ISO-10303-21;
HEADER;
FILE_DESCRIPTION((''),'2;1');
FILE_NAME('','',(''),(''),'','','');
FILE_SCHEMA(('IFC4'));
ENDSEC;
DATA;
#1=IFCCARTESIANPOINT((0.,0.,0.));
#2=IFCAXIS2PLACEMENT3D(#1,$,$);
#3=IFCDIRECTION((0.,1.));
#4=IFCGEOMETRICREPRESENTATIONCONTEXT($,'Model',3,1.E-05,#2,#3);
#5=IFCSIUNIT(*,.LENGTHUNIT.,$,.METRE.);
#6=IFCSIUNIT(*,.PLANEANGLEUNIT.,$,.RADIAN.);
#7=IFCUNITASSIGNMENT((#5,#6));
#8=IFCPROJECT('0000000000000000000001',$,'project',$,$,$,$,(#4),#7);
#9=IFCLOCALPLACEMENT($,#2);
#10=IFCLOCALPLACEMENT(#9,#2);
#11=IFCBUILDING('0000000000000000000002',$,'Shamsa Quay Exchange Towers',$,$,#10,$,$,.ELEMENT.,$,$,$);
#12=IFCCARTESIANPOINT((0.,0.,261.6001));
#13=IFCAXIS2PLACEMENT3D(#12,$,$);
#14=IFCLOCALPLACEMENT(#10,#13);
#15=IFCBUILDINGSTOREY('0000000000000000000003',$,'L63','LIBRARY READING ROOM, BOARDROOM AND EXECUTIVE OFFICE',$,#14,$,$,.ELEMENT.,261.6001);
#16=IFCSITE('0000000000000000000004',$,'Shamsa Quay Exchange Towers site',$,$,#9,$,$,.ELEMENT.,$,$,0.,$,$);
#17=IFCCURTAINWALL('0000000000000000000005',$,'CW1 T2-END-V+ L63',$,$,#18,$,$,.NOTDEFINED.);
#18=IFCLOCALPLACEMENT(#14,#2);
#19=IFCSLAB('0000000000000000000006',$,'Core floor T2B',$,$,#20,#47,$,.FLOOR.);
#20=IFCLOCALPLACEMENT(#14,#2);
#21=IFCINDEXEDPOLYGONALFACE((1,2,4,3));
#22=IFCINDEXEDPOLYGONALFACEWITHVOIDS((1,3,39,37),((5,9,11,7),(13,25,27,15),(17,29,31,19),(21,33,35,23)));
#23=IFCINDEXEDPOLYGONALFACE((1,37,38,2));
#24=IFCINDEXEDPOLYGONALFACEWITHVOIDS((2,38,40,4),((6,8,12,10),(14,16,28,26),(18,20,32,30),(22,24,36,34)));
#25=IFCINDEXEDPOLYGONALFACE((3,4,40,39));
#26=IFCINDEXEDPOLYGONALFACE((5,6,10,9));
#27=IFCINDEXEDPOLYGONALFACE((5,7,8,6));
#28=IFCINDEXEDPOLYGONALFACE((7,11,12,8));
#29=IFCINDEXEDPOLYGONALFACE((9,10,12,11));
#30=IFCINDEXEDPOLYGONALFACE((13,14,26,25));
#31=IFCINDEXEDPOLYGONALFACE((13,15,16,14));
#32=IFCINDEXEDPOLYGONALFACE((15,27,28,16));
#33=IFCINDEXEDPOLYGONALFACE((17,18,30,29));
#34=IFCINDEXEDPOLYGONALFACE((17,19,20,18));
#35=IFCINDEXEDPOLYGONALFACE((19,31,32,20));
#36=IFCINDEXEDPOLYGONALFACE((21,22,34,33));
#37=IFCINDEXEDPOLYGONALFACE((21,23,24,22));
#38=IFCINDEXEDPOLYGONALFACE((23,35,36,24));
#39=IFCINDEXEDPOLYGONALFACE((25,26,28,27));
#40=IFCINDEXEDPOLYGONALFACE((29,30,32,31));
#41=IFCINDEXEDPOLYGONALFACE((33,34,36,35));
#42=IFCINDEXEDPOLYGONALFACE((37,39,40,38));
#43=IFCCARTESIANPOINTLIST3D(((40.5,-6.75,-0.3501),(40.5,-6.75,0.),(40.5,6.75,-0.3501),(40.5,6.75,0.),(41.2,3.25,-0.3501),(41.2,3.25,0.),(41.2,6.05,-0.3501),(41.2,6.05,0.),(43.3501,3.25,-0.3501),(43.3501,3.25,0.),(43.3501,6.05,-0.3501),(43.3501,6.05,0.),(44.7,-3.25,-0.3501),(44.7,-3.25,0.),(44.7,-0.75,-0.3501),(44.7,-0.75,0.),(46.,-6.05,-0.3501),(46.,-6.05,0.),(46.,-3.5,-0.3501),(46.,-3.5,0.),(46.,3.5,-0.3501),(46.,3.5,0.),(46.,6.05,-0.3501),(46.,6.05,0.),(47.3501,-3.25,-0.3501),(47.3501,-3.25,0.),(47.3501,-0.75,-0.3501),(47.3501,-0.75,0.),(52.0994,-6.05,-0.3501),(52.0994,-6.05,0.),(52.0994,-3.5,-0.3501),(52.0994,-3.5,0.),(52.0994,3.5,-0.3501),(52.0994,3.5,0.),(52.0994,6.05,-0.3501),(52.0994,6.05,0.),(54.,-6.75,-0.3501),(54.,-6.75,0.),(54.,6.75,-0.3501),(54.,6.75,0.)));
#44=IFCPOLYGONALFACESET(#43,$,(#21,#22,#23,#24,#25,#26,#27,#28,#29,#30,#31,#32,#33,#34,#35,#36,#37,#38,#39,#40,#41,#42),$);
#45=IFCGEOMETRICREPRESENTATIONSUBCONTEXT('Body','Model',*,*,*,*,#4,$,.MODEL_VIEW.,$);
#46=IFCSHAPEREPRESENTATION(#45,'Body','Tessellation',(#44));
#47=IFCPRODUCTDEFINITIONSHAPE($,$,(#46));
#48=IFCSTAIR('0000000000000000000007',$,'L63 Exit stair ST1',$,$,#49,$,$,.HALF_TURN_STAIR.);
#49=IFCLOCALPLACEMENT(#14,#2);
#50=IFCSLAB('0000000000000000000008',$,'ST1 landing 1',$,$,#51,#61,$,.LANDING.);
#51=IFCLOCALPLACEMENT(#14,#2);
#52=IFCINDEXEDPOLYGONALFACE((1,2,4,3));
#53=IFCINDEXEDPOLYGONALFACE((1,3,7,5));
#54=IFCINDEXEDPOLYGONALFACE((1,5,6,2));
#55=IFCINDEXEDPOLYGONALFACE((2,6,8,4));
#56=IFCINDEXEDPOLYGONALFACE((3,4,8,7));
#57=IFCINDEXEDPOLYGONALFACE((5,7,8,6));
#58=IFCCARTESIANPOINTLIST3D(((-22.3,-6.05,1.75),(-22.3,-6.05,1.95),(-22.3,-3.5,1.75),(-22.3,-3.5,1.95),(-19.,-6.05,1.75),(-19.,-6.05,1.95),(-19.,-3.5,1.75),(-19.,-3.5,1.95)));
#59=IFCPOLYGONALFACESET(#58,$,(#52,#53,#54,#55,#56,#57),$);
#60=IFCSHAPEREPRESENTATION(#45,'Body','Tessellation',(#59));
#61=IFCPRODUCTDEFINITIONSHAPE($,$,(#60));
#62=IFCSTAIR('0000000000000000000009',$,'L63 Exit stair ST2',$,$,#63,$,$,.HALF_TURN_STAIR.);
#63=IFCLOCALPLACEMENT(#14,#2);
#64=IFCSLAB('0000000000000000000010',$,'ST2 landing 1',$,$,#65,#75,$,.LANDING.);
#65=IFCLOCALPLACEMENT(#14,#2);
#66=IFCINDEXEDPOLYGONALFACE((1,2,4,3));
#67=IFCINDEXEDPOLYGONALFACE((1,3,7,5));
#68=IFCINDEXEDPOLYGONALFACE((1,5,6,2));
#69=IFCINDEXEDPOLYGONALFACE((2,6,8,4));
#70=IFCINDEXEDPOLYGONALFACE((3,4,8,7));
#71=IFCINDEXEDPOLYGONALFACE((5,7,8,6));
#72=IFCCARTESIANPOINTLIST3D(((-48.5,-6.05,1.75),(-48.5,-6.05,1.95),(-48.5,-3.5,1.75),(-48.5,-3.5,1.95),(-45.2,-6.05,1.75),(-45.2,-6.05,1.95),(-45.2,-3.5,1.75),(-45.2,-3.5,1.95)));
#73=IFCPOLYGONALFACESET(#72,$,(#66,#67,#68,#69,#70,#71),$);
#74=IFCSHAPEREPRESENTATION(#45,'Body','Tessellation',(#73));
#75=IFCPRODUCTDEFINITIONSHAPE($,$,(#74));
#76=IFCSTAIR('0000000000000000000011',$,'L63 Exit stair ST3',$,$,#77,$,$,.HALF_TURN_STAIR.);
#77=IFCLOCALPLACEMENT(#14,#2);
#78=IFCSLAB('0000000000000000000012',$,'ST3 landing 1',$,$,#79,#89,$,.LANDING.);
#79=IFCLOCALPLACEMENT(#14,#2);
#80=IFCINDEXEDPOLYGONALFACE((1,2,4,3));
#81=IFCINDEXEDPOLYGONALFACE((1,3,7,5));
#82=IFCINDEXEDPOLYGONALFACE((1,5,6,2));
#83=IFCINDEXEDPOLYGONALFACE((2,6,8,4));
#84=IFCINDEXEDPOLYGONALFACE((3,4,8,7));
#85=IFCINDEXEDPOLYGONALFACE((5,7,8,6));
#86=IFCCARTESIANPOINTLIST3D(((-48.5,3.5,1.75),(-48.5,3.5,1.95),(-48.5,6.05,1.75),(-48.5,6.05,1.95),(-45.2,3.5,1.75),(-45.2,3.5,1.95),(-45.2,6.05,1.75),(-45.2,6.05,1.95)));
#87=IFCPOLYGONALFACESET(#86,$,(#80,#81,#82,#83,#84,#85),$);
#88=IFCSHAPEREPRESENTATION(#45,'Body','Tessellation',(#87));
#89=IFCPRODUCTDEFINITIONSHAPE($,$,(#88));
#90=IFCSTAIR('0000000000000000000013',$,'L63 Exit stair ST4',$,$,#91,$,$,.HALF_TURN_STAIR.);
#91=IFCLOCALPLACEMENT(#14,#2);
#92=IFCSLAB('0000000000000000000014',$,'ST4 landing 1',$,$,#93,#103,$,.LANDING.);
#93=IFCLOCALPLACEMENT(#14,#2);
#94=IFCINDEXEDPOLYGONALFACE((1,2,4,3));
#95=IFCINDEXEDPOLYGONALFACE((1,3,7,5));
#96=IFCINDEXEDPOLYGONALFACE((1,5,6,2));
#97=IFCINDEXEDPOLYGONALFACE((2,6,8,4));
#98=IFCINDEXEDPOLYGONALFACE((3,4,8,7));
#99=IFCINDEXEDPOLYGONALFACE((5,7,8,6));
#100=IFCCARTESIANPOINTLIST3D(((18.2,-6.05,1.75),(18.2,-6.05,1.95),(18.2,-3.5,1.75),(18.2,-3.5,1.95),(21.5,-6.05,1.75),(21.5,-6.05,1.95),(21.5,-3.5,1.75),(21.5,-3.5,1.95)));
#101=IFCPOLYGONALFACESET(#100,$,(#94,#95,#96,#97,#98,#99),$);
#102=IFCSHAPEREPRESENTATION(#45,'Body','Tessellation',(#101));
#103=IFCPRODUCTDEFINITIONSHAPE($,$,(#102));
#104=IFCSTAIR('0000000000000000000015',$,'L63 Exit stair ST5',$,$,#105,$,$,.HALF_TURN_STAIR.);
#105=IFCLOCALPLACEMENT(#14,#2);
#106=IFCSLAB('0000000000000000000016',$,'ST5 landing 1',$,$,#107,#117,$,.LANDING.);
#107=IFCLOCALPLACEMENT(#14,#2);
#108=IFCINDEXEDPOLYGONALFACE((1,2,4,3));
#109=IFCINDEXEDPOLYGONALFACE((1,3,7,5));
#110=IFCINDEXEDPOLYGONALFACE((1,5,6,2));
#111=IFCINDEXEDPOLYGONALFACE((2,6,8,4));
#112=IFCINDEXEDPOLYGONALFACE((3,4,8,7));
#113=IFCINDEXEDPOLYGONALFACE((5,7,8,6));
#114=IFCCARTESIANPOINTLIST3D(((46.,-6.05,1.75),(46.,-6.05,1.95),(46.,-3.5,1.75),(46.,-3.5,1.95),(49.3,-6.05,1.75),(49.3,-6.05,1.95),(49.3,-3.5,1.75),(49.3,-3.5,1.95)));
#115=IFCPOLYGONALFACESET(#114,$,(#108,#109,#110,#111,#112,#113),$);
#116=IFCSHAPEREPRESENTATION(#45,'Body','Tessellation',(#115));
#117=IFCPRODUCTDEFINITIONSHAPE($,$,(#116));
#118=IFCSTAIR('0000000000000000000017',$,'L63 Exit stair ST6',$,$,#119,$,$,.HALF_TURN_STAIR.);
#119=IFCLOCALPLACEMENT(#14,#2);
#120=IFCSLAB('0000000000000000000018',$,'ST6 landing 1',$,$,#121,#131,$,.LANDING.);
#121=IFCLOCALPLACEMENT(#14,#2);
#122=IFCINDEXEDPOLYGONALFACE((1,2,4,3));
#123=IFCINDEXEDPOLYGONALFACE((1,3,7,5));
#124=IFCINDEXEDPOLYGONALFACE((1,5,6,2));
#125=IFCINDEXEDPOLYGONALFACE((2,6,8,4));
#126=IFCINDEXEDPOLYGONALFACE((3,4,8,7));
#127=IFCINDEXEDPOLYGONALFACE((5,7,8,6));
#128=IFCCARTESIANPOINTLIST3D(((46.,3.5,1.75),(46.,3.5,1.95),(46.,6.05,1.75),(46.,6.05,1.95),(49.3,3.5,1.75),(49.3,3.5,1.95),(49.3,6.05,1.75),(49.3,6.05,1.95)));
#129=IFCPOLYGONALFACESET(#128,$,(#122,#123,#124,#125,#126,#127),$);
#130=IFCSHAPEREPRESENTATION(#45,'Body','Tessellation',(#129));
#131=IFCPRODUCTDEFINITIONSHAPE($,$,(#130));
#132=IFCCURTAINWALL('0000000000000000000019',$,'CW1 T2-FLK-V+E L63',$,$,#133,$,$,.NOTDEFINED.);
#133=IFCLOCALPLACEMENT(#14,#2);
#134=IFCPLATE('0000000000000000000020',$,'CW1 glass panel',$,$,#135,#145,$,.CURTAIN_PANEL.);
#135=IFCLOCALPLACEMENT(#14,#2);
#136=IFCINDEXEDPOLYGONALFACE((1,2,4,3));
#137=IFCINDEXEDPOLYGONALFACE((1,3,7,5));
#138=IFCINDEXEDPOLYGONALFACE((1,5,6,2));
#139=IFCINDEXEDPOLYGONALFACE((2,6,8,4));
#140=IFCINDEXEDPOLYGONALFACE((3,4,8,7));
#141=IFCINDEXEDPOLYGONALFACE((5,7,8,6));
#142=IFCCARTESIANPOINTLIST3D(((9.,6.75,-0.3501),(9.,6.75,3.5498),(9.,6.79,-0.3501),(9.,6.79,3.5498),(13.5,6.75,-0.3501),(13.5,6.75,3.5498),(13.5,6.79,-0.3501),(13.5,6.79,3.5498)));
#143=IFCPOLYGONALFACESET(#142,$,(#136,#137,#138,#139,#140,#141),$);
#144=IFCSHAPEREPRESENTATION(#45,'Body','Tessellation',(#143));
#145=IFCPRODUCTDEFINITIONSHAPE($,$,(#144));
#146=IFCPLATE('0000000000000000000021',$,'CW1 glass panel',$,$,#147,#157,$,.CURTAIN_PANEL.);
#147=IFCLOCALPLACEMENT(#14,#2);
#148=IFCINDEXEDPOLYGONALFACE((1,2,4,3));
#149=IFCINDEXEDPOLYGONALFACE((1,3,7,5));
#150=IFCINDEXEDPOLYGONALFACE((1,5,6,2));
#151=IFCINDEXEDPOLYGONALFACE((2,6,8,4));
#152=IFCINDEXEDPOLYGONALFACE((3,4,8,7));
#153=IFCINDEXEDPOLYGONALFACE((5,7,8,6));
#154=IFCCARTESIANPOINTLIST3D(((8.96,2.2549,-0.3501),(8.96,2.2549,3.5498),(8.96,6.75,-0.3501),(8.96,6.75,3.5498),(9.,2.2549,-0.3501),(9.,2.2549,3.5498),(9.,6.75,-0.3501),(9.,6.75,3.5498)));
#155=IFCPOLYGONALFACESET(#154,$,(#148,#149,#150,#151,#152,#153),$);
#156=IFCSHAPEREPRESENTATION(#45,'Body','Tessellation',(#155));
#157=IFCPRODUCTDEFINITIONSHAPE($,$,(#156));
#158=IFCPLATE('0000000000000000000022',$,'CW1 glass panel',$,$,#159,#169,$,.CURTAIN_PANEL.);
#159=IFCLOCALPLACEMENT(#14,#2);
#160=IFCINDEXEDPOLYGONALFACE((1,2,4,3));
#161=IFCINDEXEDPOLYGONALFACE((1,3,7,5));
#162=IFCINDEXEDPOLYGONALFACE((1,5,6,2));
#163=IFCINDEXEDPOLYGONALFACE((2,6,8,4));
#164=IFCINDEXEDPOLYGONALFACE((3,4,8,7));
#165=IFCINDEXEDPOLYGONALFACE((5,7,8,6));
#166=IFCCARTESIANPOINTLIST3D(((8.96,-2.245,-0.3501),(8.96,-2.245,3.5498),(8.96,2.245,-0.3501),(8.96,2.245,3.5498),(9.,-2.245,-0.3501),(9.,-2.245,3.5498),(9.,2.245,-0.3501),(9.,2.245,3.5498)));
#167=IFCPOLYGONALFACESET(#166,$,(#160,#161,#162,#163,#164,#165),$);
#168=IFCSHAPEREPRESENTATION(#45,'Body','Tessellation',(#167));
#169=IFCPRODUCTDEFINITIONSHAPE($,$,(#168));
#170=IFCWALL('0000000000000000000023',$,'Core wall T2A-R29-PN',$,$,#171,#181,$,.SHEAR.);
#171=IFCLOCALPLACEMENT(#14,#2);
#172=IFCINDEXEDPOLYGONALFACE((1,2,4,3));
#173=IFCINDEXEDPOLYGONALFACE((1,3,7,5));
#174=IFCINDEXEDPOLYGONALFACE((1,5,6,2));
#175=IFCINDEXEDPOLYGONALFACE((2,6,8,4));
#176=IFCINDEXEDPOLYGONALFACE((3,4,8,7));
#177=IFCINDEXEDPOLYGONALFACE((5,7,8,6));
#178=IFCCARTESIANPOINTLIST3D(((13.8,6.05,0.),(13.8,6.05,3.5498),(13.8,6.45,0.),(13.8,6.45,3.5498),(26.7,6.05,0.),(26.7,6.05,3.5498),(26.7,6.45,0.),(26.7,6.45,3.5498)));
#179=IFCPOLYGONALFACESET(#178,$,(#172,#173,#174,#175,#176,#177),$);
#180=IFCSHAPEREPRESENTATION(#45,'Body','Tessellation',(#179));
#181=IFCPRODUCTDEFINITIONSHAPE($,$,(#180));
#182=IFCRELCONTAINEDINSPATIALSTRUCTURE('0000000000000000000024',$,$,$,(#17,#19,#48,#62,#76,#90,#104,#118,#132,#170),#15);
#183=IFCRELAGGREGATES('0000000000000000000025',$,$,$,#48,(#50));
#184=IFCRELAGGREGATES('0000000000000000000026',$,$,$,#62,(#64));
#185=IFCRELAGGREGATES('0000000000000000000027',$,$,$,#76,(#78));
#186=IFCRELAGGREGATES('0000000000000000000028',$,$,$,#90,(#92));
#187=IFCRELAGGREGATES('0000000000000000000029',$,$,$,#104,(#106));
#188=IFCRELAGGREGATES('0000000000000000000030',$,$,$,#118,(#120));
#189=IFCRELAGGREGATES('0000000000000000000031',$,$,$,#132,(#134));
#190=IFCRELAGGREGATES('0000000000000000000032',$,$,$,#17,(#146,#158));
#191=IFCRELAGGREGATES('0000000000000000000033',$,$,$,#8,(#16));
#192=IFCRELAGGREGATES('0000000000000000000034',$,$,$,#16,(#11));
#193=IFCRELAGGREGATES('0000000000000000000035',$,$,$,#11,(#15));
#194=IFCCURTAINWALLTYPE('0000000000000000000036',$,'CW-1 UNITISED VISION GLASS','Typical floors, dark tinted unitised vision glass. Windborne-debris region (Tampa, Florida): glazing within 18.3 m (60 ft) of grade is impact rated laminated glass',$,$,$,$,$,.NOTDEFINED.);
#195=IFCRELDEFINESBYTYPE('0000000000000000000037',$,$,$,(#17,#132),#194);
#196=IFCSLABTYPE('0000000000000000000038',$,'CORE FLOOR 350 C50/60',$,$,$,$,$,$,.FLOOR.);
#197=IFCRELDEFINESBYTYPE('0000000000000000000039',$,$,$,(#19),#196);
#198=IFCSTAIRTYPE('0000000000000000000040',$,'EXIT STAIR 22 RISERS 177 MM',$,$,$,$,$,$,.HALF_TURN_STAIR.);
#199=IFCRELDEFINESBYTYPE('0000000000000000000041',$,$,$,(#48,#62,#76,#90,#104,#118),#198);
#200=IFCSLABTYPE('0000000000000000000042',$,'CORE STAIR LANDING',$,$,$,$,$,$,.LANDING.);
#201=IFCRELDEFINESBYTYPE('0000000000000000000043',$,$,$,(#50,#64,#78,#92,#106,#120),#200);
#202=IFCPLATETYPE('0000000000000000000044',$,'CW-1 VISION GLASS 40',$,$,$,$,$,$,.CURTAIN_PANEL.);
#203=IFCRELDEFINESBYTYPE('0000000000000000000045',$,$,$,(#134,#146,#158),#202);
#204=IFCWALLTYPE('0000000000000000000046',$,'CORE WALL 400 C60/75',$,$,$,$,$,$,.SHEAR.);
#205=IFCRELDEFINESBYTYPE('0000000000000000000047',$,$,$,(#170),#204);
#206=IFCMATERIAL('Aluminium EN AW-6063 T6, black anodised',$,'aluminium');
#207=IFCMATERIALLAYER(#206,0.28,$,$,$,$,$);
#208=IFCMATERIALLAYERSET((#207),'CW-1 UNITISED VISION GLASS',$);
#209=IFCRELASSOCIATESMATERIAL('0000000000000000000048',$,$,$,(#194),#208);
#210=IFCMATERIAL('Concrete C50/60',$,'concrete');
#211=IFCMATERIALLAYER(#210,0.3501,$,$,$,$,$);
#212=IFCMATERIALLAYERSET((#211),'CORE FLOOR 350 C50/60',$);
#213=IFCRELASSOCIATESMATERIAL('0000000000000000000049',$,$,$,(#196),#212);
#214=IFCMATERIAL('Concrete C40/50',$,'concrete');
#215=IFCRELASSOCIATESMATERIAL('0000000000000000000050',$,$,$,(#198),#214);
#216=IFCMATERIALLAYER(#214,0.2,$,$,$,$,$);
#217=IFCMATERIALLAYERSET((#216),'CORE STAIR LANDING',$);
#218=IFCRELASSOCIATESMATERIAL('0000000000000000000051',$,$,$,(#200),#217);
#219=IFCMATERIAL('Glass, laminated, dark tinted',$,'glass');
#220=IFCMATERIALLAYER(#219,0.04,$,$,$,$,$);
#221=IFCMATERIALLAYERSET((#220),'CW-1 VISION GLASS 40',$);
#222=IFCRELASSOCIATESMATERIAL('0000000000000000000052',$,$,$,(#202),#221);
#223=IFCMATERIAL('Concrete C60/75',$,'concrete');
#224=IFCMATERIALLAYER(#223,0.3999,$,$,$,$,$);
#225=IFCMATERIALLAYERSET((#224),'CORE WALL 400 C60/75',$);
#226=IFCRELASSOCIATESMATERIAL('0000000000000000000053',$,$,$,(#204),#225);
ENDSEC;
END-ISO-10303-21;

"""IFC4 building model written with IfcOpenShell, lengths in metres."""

from ifc_helpers import new_model, si_unit, direction, frame, frame_2d, origin, origin_2d, place, context, subcontext, project, spatial, polyline, rectangle, outline, extrude, material, layer, layer_set, type_object, element, aggregate, save


model = new_model("IFC4")

# Units and contexts
model_context = context("Model", 3, precision=1e-05, world=origin(), true_north=direction((0.0, 1.0)))
body_context = subcontext(model_context, "Body", "Model", "MODEL_VIEW")
ifc_project = project(units=[si_unit("LENGTHUNIT", "METRE"), si_unit("PLANEANGLEUNIT", "RADIAN")], contexts=[model_context])

# Site, building, storey
site_placement = place(None, origin())
site = spatial("IfcSite", under=ifc_project, at=site_placement, Name="Shamsa Quay Exchange Towers site", CompositionType="ELEMENT", RefElevation=0.0)
building_placement = place(site_placement, origin())
building = spatial("IfcBuilding", under=site, at=building_placement, Name="Shamsa Quay Exchange Towers", CompositionType="ELEMENT")
storey_placement = place(building_placement, frame((0.0, 0.0, 261.6001)))
storey = spatial("IfcBuildingStorey", under=building, at=storey_placement, Name="L63", Description="LIBRARY READING ROOM, BOARDROOM AND EXECUTIVE OFFICE", CompositionType="ELEMENT", Elevation=261.6001)

# Curtain wall
ifc_material_1 = material(Name="Aluminium EN AW-6063 T6, black anodised", Category="aluminium")
ifc_layer_1 = layer(ifc_material_1, 0.28)
ifc_layer_set_1 = layer_set([ifc_layer_1], Name="CW-1 UNITISED VISION GLASS")
curtain_wall_type = type_object("IfcCurtainWallType", Name="CW-1 UNITISED VISION GLASS", Description="Typical floors, dark tinted unitised vision glass. Windborne-debris region (Tampa, Florida): glazing within 18.3 m (60 ft) of grade is impact rated laminated glass", PredefinedType="NOTDEFINED", material=ifc_layer_set_1)
curtain_wall_1_placement = place(storey_placement, origin())
curtain_wall_1 = element("IfcCurtainWall", 1, at=curtain_wall_1_placement, inside=storey, type_object=curtain_wall_type, Name="CW1 T2-END-V+ L63", PredefinedType="NOTDEFINED")

# Slab
ifc_material_2 = material(Name="Concrete C50/60", Category="concrete")
ifc_layer_2 = layer(ifc_material_2, 0.3501)
ifc_layer_set_2 = layer_set([ifc_layer_2], Name="CORE FLOOR 350 C50/60")
slab_type_1 = type_object("IfcSlabType", Name="CORE FLOOR 350 C50/60", PredefinedType="FLOOR", material=ifc_layer_set_2)
slab_1_placement = place(storey_placement, frame((0.0, 0.0, -0.3501)))
element("IfcSlab", 2, at=slab_1_placement, inside=storey, type_object=slab_type_1, Name="Core floor T2B", PredefinedType="FLOOR", context=body_context, shape_type="SweptSolid", body=[
    extrude(outline(polyline([(54.0, -6.75), (54.0, 6.75), (40.5, 6.75), (40.5, -6.75), (54.0, -6.75)]), holes=[polyline([(52.0994, -3.5), (52.0994, -6.05), (46.0, -6.05), (46.0, -3.5), (52.0994, -3.5)]), polyline([(52.0994, 6.05), (52.0994, 3.5), (46.0, 3.5), (46.0, 6.05), (52.0994, 6.05)]), polyline([(43.3501, 3.25), (41.2, 3.25), (41.2, 6.05), (43.3501, 6.05), (43.3501, 3.25)]), polyline([(47.3501, -3.25), (44.7, -3.25), (44.7, -0.75), (47.3501, -0.75), (47.3501, -3.25)])]), origin(), (0.0, 0.0, 1.0), 0.3501),
])

# Stairs, slabs
ifc_material_3 = material(Name="Concrete C40/50", Category="concrete")
stair_type = type_object("IfcStairType", Name="EXIT STAIR 22 RISERS 177 MM", PredefinedType="HALF_TURN_STAIR", material=ifc_material_3)
stair_1_placement = place(storey_placement, origin())
stair_1 = element("IfcStair", 3, at=stair_1_placement, inside=storey, type_object=stair_type, Name="L63 Exit stair ST1", PredefinedType="HALF_TURN_STAIR")
ifc_layer_3 = layer(ifc_material_3, 0.2)
ifc_layer_set_3 = layer_set([ifc_layer_3], Name="CORE STAIR LANDING")
slab_type_2 = type_object("IfcSlabType", Name="CORE STAIR LANDING", PredefinedType="LANDING", material=ifc_layer_set_3)
slab_2_placement = place(storey_placement, frame((0.0, 0.0, 1.75)))
slab_2 = element("IfcSlab", 4, at=slab_2_placement, type_object=slab_type_2, Name="ST1 landing 1", PredefinedType="LANDING", context=body_context, shape_type="SweptSolid", body=[
    extrude(outline(polyline([(-22.3, -6.05), (-19.0, -6.05), (-19.0, -3.5), (-22.3, -3.5), (-22.3, -6.05)])), origin(), (0.0, 0.0, 1.0), 0.2),
])
aggregate(stair_1, [slab_2])
stair_2_placement = place(storey_placement, origin())
stair_2 = element("IfcStair", 5, at=stair_2_placement, inside=storey, type_object=stair_type, Name="L63 Exit stair ST2", PredefinedType="HALF_TURN_STAIR")
slab_3_placement = place(storey_placement, frame((0.0, 0.0, 1.75)))
slab_3 = element("IfcSlab", 6, at=slab_3_placement, type_object=slab_type_2, Name="ST2 landing 1", PredefinedType="LANDING", context=body_context, shape_type="SweptSolid", body=[
    extrude(outline(polyline([(-45.2, -3.5), (-48.5, -3.5), (-48.5, -6.05), (-45.2, -6.05), (-45.2, -3.5)])), origin(), (0.0, 0.0, 1.0), 0.2),
])
aggregate(stair_2, [slab_3])
stair_3_placement = place(storey_placement, origin())
stair_3 = element("IfcStair", 7, at=stair_3_placement, inside=storey, type_object=stair_type, Name="L63 Exit stair ST3", PredefinedType="HALF_TURN_STAIR")
slab_4_placement = place(storey_placement, frame((0.0, 0.0, 1.75)))
slab_4 = element("IfcSlab", 8, at=slab_4_placement, type_object=slab_type_2, Name="ST3 landing 1", PredefinedType="LANDING", context=body_context, shape_type="SweptSolid", body=[
    extrude(outline(polyline([(-45.2, 6.05), (-48.5, 6.05), (-48.5, 3.5), (-45.2, 3.5), (-45.2, 6.05)])), origin(), (0.0, 0.0, 1.0), 0.2),
])
aggregate(stair_3, [slab_4])
stair_4_placement = place(storey_placement, origin())
stair_4 = element("IfcStair", 9, at=stair_4_placement, inside=storey, type_object=stair_type, Name="L63 Exit stair ST4", PredefinedType="HALF_TURN_STAIR")
slab_5_placement = place(storey_placement, frame((0.0, 0.0, 1.75)))
slab_5 = element("IfcSlab", 10, at=slab_5_placement, type_object=slab_type_2, Name="ST4 landing 1", PredefinedType="LANDING", context=body_context, shape_type="SweptSolid", body=[
    extrude(outline(polyline([(18.2, -6.05), (21.5, -6.05), (21.5, -3.5), (18.2, -3.5), (18.2, -6.05)])), origin(), (0.0, 0.0, 1.0), 0.2),
])
aggregate(stair_4, [slab_5])
stair_5_placement = place(storey_placement, origin())
stair_5 = element("IfcStair", 11, at=stair_5_placement, inside=storey, type_object=stair_type, Name="L63 Exit stair ST5", PredefinedType="HALF_TURN_STAIR")
slab_6_placement = place(storey_placement, frame((0.0, 0.0, 1.75)))
slab_6 = element("IfcSlab", 12, at=slab_6_placement, type_object=slab_type_2, Name="ST5 landing 1", PredefinedType="LANDING", context=body_context, shape_type="SweptSolid", body=[
    extrude(outline(polyline([(49.3, -3.5), (46.0, -3.5), (46.0, -6.05), (49.3, -6.05), (49.3, -3.5)])), origin(), (0.0, 0.0, 1.0), 0.2),
])
aggregate(stair_5, [slab_6])
stair_6_placement = place(storey_placement, origin())
stair_6 = element("IfcStair", 13, at=stair_6_placement, inside=storey, type_object=stair_type, Name="L63 Exit stair ST6", PredefinedType="HALF_TURN_STAIR")
slab_7_placement = place(storey_placement, frame((0.0, 0.0, 1.75)))
slab_7 = element("IfcSlab", 14, at=slab_7_placement, type_object=slab_type_2, Name="ST6 landing 1", PredefinedType="LANDING", context=body_context, shape_type="SweptSolid", body=[
    extrude(outline(polyline([(49.3, 6.05), (46.0, 6.05), (46.0, 3.5), (49.3, 3.5), (49.3, 6.05)])), origin(), (0.0, 0.0, 1.0), 0.2),
])
aggregate(stair_6, [slab_7])

# Curtain wall, plate
curtain_wall_2_placement = place(storey_placement, origin())
curtain_wall_2 = element("IfcCurtainWall", 15, at=curtain_wall_2_placement, inside=storey, type_object=curtain_wall_type, Name="CW1 T2-FLK-V+E L63", PredefinedType="NOTDEFINED")
ifc_material_4 = material(Name="Glass, laminated, dark tinted", Category="glass")
ifc_layer_4 = layer(ifc_material_4, 0.04)
ifc_layer_set_4 = layer_set([ifc_layer_4], Name="CW-1 VISION GLASS 40")
plate_type = type_object("IfcPlateType", Name="CW-1 VISION GLASS 40", PredefinedType="CURTAIN_PANEL", material=ifc_layer_set_4)
plate_1_placement = place(storey_placement, frame((11.25, 6.77, -0.3501), z_axis=(0.0, 0.0, 1.0), x_axis=(-1.0, 0.0, 0.0)))
plate_1 = element("IfcPlate", 16, at=plate_1_placement, type_object=plate_type, Name="CW1 glass panel", PredefinedType="CURTAIN_PANEL", context=body_context, shape_type="SweptSolid", body=[
    extrude(rectangle(XDim=4.5, YDim=0.04, at=origin_2d()), origin(), (0.0, 0.0, 1.0), 3.8999),
])
aggregate(curtain_wall_2, [plate_1])

# Plates
plate_2_placement = place(storey_placement, frame((8.98, 4.5024, -0.3501), z_axis=(0.0, 0.0, 1.0), x_axis=(0.0, -1.0, 0.0)))
plate_2 = element("IfcPlate", 17, at=plate_2_placement, type_object=plate_type, Name="CW1 glass panel", PredefinedType="CURTAIN_PANEL", context=body_context, shape_type="SweptSolid", body=[
    extrude(rectangle(XDim=4.4951, YDim=0.04, at=origin_2d()), origin(), (0.0, 0.0, 1.0), 3.8999),
])
plate_3_placement = place(storey_placement, frame((8.98, 0.0, -0.3501), z_axis=(0.0, 0.0, 1.0), x_axis=(0.0, -1.0, 0.0)))
plate_3 = element("IfcPlate", 18, at=plate_3_placement, type_object=plate_type, Name="CW1 glass panel", PredefinedType="CURTAIN_PANEL", context=body_context, shape_type="SweptSolid", body=[
    extrude(rectangle(XDim=4.49, YDim=0.04, at=origin_2d()), origin(), (0.0, 0.0, 1.0), 3.8999),
])
aggregate(curtain_wall_1, [plate_2, plate_3])

# Wall
ifc_material_5 = material(Name="Concrete C60/75", Category="concrete")
ifc_layer_5 = layer(ifc_material_5, 0.3999)
ifc_layer_set_5 = layer_set([ifc_layer_5], Name="CORE WALL 400 C60/75")
wall_type = type_object("IfcWallType", Name="CORE WALL 400 C60/75", PredefinedType="SHEAR", material=ifc_layer_set_5)
wall_placement = place(storey_placement, frame((13.8, 6.25, 0.0)))
element("IfcWall", 19, at=wall_placement, inside=storey, type_object=wall_type, Name="Core wall T2A-R29-PN", PredefinedType="SHEAR", context=body_context, shape_type="SweptSolid", body=[
    extrude(rectangle(XDim=12.8999, YDim=0.3999, at=frame_2d((6.45, 0.0))), origin(), (0.0, 0.0, 1.0), 3.5498),
])

save(model, "model.ifc")
